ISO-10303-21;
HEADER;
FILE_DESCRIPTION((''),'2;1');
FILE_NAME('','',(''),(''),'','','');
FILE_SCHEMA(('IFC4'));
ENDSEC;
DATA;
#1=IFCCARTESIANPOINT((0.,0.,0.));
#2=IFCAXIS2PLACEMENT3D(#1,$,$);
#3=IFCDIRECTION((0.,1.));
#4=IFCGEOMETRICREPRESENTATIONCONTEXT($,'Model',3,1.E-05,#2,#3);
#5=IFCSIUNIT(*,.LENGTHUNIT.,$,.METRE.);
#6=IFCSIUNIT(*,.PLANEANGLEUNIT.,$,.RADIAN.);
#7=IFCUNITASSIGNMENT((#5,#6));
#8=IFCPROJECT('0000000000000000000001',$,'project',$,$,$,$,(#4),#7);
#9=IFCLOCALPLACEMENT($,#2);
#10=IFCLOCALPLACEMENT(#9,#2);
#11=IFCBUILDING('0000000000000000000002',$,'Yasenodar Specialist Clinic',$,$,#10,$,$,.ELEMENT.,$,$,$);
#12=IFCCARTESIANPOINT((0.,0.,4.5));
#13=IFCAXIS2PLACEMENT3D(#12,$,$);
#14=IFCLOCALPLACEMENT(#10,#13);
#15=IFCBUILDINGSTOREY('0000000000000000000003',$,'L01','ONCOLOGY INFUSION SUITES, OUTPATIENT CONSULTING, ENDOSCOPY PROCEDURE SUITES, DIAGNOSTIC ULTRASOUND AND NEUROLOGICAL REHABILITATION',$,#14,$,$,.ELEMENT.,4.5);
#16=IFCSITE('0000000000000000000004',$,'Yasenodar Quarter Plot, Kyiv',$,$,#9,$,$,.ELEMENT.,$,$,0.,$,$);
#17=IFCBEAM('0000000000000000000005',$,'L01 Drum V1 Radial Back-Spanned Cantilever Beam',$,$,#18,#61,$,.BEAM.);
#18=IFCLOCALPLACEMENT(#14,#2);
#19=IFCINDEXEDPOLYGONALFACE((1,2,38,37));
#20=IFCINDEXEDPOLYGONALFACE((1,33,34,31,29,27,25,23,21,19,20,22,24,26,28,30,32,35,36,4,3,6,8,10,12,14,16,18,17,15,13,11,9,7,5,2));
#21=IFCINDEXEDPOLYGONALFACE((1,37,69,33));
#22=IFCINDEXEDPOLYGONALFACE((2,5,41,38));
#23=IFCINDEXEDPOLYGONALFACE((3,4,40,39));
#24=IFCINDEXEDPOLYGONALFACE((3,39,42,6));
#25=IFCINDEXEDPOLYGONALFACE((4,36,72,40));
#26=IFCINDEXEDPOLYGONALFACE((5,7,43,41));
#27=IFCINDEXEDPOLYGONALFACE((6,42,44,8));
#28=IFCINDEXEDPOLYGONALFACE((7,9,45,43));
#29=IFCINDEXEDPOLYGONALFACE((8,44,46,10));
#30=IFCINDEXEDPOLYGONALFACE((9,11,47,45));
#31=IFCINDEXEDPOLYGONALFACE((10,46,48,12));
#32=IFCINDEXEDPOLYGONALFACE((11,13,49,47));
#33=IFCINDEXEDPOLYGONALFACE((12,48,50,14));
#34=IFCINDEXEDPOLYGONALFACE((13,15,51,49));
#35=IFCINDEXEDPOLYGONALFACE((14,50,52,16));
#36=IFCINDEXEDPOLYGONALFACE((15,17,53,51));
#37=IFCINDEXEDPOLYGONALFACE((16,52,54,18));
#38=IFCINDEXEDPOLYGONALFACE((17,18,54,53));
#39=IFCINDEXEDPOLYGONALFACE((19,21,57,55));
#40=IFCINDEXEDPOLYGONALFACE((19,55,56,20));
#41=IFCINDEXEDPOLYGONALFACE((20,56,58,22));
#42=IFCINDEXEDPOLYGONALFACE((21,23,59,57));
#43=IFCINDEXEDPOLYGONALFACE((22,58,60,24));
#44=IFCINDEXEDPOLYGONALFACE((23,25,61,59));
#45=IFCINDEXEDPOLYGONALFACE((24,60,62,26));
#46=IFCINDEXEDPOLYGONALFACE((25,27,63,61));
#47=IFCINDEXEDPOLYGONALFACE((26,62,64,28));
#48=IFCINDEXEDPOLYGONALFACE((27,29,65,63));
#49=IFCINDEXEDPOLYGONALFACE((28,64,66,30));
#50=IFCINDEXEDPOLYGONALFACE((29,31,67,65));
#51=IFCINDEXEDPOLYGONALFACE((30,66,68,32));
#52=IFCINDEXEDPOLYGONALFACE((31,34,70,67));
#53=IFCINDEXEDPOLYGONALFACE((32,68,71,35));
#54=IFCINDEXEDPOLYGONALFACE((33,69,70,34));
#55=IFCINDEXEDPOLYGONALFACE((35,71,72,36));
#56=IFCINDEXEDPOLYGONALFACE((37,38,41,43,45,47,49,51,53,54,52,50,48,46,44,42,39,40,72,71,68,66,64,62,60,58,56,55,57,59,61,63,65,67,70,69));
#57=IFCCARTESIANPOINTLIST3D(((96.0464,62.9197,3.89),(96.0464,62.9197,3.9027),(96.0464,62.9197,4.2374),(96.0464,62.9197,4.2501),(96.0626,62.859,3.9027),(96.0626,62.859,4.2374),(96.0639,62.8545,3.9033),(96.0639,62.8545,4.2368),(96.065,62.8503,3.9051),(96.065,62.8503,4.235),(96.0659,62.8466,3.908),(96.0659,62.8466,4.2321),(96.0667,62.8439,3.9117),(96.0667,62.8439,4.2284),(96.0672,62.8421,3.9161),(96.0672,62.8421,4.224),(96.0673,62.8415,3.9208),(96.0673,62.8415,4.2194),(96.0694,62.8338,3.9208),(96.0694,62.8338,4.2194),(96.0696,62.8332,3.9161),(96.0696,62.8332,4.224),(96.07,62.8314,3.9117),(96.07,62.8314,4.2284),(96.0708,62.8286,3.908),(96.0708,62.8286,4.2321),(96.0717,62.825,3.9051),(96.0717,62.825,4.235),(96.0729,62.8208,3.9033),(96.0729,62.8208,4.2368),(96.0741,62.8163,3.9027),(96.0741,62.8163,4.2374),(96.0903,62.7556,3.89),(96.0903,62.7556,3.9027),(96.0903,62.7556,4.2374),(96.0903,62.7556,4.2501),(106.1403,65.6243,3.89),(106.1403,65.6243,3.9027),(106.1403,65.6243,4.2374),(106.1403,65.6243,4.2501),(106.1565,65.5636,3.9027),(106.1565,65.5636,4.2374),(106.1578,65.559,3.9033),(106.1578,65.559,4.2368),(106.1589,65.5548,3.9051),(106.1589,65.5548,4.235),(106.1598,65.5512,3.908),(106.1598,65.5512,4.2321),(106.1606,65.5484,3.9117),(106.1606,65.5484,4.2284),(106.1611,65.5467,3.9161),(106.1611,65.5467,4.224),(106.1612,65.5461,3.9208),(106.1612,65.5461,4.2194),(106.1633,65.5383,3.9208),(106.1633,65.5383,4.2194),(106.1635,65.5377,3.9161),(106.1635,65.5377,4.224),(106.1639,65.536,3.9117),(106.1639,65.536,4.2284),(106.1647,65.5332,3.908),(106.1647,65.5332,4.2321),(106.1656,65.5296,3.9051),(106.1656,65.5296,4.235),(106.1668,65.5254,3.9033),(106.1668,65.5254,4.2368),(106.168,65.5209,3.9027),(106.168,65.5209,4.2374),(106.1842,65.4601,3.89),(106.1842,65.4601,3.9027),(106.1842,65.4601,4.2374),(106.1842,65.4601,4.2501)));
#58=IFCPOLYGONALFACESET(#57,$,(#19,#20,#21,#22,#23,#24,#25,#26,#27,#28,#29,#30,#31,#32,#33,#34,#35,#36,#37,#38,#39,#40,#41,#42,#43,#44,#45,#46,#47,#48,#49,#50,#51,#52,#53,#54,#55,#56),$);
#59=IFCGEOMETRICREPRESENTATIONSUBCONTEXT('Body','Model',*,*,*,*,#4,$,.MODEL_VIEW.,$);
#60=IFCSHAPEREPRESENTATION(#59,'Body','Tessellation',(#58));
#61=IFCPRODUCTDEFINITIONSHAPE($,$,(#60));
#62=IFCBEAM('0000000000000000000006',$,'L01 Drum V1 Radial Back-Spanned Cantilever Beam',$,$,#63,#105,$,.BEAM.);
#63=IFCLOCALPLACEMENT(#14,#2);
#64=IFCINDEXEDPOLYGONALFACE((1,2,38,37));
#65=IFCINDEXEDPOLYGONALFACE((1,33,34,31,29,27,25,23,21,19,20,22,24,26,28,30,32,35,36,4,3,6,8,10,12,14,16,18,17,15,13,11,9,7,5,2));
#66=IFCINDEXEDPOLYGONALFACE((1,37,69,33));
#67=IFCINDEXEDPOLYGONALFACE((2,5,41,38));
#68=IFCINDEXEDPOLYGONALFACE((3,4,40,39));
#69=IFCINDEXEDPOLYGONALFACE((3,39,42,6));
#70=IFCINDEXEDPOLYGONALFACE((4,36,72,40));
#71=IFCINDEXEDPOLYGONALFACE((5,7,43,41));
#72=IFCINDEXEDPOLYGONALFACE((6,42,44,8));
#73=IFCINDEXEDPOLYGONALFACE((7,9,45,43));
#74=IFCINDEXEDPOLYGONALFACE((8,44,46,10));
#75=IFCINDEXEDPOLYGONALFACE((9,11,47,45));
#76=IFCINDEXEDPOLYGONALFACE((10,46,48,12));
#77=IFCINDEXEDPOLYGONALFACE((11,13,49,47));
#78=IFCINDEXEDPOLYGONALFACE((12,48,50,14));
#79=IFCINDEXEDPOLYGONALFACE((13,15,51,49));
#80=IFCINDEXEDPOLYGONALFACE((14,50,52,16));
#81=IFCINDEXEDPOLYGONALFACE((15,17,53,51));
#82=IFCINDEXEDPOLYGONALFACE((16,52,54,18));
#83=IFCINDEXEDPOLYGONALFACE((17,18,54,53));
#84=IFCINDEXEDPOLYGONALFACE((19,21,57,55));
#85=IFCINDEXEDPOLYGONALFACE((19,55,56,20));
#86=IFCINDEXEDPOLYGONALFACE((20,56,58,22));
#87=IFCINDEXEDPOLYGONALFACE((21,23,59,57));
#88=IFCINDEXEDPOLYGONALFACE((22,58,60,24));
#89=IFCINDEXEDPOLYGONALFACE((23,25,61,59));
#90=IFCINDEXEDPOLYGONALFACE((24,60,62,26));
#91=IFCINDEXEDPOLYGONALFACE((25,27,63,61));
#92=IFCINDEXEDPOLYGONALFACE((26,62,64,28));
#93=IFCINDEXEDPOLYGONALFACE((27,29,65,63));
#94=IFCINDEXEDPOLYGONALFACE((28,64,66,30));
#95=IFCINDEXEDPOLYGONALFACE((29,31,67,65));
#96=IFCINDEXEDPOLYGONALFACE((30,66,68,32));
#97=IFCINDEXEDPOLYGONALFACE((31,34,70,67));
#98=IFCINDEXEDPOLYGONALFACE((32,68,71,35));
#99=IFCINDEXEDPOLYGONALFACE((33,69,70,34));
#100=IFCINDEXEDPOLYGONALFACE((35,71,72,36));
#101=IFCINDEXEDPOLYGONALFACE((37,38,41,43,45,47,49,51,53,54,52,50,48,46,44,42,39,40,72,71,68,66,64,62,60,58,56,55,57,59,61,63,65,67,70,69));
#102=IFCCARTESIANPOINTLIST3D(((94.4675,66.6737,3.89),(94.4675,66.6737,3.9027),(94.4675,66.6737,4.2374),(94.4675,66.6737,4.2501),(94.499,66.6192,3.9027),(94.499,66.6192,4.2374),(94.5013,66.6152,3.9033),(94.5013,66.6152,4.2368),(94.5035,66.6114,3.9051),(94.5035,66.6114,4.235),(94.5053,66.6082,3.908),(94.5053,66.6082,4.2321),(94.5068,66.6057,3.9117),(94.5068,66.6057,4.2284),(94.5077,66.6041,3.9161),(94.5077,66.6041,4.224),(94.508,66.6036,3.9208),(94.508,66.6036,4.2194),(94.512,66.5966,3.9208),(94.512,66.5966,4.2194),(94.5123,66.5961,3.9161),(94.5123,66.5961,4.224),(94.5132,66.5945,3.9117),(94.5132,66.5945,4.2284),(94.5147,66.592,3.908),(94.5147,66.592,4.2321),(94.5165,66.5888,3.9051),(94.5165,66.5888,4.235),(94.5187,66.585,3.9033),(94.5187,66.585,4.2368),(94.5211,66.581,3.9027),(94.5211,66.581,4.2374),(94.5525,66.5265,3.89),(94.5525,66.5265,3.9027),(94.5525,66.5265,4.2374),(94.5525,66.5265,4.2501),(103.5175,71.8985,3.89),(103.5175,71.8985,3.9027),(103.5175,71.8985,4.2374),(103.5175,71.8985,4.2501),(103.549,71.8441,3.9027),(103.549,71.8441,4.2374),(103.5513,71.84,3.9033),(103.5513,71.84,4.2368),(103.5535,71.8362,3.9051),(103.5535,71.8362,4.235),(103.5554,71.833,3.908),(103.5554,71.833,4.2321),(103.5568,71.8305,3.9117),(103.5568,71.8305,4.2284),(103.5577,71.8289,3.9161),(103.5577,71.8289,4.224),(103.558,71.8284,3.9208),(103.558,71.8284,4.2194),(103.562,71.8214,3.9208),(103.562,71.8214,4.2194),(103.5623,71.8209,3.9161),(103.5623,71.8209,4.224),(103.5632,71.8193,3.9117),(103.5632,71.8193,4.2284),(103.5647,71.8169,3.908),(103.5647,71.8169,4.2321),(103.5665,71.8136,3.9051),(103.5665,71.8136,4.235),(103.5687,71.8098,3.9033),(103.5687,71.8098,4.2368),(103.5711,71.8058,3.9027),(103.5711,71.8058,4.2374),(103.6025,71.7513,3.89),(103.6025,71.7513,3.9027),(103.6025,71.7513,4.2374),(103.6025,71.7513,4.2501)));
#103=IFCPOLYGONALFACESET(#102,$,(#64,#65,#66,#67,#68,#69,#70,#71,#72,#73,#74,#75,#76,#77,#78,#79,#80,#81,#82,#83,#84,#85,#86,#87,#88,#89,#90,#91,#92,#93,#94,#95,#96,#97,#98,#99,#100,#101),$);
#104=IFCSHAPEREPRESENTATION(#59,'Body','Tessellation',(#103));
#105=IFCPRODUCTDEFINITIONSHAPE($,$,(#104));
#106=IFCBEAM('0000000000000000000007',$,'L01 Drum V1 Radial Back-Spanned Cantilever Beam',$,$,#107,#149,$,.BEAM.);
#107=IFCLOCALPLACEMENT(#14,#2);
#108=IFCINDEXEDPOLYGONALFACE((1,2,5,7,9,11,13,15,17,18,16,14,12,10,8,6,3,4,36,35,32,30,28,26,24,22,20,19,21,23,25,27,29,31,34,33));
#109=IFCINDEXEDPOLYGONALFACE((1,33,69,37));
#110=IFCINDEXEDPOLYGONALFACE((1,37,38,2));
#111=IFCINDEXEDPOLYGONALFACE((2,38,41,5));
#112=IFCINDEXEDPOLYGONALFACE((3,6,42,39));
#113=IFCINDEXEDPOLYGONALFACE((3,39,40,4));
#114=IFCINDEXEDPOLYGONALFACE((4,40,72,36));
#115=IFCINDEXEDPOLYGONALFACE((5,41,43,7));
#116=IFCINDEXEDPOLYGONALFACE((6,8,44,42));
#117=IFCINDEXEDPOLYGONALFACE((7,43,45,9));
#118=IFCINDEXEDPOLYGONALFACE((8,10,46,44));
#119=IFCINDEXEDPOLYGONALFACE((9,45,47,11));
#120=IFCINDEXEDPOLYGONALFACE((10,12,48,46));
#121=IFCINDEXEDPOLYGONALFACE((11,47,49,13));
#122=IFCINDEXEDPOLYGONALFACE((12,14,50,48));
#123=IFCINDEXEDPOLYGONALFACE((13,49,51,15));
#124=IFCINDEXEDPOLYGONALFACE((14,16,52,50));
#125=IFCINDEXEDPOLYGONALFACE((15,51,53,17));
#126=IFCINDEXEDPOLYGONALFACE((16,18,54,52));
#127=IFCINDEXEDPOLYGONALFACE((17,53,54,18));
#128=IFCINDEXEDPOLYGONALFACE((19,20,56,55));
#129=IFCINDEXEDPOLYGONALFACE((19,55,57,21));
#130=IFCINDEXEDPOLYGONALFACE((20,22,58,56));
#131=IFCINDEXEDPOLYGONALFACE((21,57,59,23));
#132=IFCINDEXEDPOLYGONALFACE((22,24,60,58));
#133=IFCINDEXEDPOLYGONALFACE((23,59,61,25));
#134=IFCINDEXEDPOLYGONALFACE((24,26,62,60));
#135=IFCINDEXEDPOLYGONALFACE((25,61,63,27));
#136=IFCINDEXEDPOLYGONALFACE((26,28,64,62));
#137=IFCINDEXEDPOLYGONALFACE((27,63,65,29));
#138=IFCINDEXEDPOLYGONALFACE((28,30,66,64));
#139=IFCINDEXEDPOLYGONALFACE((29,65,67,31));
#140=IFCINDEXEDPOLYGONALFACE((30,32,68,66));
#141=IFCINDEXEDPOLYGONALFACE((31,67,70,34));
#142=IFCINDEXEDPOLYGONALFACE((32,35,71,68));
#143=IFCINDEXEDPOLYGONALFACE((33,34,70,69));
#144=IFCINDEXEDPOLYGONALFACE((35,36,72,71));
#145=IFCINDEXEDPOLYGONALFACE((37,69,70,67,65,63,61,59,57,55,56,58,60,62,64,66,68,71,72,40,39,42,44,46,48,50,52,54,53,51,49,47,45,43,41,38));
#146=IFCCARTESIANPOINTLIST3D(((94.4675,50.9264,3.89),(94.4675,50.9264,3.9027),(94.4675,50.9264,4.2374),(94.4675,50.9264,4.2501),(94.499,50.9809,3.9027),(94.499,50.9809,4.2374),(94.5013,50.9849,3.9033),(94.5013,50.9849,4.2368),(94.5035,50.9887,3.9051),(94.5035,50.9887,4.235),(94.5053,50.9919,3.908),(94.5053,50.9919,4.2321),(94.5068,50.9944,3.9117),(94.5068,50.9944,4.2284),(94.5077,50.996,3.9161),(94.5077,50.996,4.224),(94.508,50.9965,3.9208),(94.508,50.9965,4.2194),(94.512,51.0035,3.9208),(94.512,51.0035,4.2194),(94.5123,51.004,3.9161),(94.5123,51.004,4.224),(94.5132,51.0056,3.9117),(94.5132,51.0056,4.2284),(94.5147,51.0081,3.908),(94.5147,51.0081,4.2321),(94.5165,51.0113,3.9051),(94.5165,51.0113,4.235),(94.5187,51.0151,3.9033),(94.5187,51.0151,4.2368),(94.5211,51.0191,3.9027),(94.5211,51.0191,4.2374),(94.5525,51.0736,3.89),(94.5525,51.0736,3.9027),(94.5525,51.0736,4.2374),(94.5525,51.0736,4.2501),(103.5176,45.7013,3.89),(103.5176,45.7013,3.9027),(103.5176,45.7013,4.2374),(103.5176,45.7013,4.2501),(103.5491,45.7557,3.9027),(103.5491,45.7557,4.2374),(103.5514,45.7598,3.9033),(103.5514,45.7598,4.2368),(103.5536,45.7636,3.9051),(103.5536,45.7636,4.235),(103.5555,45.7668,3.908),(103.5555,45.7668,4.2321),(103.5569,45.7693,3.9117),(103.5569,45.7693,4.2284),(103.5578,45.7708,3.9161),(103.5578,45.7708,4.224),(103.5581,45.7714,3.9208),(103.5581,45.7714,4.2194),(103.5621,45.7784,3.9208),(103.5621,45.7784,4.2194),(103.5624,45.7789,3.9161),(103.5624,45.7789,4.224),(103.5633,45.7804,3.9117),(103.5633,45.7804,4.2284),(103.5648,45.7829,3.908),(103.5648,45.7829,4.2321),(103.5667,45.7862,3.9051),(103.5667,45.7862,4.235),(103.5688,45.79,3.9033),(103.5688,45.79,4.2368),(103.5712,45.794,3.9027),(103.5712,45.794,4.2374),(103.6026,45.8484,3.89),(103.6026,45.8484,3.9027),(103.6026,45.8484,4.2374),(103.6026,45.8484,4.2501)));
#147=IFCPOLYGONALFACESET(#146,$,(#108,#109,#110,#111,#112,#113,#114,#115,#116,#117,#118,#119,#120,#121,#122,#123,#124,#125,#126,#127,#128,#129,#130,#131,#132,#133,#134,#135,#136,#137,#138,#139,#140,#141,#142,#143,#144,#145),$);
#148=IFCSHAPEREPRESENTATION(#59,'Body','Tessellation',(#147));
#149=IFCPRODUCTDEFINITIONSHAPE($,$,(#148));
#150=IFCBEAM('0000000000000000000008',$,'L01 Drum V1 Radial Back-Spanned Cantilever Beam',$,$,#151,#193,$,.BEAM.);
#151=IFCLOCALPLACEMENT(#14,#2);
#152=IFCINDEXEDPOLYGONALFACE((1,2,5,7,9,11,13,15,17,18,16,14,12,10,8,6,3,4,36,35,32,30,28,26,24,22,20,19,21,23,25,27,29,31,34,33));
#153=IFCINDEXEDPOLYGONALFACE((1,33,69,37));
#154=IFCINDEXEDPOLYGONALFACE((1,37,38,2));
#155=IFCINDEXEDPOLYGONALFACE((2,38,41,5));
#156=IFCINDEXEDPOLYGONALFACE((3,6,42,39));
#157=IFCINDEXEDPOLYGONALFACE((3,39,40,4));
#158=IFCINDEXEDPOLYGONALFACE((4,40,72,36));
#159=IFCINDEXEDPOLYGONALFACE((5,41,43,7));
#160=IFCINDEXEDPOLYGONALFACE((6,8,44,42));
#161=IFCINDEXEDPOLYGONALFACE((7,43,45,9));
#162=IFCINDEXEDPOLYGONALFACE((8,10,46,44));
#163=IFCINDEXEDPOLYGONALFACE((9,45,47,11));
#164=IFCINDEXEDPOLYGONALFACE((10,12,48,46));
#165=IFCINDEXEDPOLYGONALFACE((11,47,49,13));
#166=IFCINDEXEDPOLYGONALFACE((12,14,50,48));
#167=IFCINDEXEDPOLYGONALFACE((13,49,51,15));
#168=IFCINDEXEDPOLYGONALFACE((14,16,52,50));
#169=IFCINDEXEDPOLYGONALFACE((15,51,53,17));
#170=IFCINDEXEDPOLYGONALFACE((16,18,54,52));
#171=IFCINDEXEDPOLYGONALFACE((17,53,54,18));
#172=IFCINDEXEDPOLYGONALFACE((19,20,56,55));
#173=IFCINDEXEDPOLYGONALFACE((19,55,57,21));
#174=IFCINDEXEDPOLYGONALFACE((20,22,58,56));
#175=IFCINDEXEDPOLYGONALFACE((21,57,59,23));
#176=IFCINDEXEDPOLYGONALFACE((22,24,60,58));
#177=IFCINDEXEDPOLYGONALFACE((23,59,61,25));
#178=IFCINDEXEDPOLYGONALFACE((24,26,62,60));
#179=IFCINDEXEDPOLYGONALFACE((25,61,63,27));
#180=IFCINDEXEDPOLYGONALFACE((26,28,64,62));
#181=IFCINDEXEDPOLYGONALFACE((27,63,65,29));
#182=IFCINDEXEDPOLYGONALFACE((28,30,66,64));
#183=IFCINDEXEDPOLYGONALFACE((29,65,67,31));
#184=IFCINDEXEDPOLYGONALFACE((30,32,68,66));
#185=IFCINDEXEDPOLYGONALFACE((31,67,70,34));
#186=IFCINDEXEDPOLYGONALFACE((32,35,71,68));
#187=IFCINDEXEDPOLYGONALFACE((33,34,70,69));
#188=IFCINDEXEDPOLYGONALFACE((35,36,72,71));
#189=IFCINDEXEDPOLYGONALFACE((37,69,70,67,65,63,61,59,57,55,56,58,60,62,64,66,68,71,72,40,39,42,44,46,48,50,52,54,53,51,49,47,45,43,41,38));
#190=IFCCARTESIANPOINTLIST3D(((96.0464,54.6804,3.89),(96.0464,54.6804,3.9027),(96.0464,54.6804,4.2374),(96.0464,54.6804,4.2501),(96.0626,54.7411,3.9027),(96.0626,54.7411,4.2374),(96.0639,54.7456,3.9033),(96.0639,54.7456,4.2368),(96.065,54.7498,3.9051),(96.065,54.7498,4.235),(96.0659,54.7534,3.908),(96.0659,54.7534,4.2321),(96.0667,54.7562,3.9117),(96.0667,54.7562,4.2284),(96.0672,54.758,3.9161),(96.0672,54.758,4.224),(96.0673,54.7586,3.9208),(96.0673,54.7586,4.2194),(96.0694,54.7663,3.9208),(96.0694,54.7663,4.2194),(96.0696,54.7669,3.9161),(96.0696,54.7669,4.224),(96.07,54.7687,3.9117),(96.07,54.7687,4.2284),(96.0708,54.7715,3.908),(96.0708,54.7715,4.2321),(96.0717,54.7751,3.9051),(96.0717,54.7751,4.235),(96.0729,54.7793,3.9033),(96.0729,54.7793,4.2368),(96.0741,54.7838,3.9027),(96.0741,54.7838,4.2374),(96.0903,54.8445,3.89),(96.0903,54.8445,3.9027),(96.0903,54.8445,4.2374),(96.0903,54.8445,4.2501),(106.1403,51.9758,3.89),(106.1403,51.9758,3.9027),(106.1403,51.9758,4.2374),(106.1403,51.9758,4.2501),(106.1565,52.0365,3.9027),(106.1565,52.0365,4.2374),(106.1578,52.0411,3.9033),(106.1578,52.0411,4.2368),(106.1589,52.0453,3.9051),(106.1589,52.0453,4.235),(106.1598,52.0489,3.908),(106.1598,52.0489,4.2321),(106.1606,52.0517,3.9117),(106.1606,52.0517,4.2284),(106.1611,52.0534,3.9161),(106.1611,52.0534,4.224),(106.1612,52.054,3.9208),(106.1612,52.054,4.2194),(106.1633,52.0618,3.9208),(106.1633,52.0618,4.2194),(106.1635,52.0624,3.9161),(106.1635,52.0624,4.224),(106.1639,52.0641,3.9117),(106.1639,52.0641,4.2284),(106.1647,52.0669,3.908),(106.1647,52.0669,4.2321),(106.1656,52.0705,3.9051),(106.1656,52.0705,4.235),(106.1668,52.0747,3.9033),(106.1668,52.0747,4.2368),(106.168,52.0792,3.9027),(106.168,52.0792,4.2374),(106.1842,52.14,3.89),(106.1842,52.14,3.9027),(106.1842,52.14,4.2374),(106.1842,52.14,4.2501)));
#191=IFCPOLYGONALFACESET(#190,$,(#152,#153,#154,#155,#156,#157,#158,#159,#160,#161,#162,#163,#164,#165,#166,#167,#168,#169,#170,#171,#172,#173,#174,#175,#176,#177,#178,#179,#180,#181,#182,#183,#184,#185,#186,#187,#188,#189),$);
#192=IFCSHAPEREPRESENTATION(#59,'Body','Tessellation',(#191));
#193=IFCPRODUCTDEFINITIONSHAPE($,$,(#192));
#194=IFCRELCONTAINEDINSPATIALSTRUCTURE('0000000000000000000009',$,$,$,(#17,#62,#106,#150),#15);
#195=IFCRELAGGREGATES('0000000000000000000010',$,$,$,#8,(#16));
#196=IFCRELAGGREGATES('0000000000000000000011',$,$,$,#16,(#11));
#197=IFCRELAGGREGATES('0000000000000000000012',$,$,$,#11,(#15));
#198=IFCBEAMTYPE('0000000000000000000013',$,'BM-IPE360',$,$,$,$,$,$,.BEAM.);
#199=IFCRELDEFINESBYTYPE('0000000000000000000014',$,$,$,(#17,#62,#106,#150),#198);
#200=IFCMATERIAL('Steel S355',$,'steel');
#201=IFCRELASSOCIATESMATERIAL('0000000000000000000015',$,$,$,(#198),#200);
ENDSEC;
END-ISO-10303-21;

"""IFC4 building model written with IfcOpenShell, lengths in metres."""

from ifc_helpers import new_model, si_unit, direction, frame, origin, origin_2d, place, context, subcontext, project, spatial, i_section, extrude, material, material_profile, profile_set, type_object, element, save


model = new_model("IFC4")

# Units and contexts
model_context = context("Model", 3, precision=1e-05, world=origin(), true_north=direction((0.0, 1.0)))
body_context = subcontext(model_context, "Body", "Model", "MODEL_VIEW")
ifc_project = project(units=[si_unit("LENGTHUNIT", "METRE"), si_unit("PLANEANGLEUNIT", "RADIAN")], contexts=[model_context])

# Site, building, storey
site_placement = place(None, origin())
site = spatial("IfcSite", under=ifc_project, at=site_placement, Name="Yasenodar Quarter Plot, Kyiv", CompositionType="ELEMENT", RefElevation=0.0)
building_placement = place(site_placement, origin())
building = spatial("IfcBuilding", under=site, at=building_placement, Name="Yasenodar Specialist Clinic", CompositionType="ELEMENT")
storey_placement = place(building_placement, frame((0.0, 0.0, 4.5)))
storey = spatial("IfcBuildingStorey", under=building, at=storey_placement, Name="L01", Description="ONCOLOGY INFUSION SUITES, OUTPATIENT CONSULTING, ENDOSCOPY PROCEDURE SUITES, DIAGNOSTIC ULTRASOUND AND NEUROLOGICAL REHABILITATION", CompositionType="ELEMENT", Elevation=4.5)

# Shared definitions
ifc_material_1 = material(Name="Steel S355", Category="steel")

# Beams
ifc_material_profile_1 = material_profile(ifc_material_1, i_section(OverallWidth=0.1699, OverallDepth=0.3601, WebThickness=0.0081, FlangeThickness=0.0127, FilletRadius=0.0181, at=origin_2d()), Name="IPE 360")
ifc_profile_set_1 = profile_set([ifc_material_profile_1], Name="Steel S355")
beam_type_1 = type_object("IfcBeamType", Name="BM-IPE360", PredefinedType="BEAM", material=ifc_profile_set_1)
for number, where, z_axis, x_axis, name in (
    (1, (96.0684, 62.8376, 4.0701), (0.965928, 0.258811, 0.0), (-0.258811, 0.965928, 0.0), "L01 Drum V1 Radial Back-Spanned Cantilever Beam"),
    (2, (94.51, 66.6001, 4.0701), (0.866033, 0.499986, 0.0), (-0.499986, 0.866033, 0.0), "L01 Drum V1 Radial Back-Spanned Cantilever Beam"),
):
    element("IfcBeam", number, at=place(storey_placement, frame(where, z_axis=z_axis, x_axis=x_axis)), inside=storey, type_object=beam_type_1, Name=name, PredefinedType="BEAM", context=body_context, shape_type="SweptSolid", body=[
        extrude(i_section(OverallWidth=0.1699, OverallDepth=0.3601, WebThickness=0.0081, FlangeThickness=0.0127, FilletRadius=0.0181, at=origin_2d()), origin(), (0.0, 0.0, 1.0), 10.45),
    ])
beam_1_placement = place(storey_placement, frame((94.51, 51.0, 4.0701), z_axis=(0.866023, -0.500004, 0.0), x_axis=(0.500004, 0.866023, 0.0)))
element("IfcBeam", 3, at=beam_1_placement, inside=storey, type_object=beam_type_1, Name="L01 Drum V1 Radial Back-Spanned Cantilever Beam", PredefinedType="BEAM", context=body_context, shape_type="SweptSolid", body=[
    extrude(i_section(OverallWidth=0.1699, OverallDepth=0.3601, WebThickness=0.0081, FlangeThickness=0.0127, FilletRadius=0.0181, at=origin_2d()), origin(), (0.0, 0.0, 1.0), 10.4502),
])
beam_2_placement = place(storey_placement, frame((96.0684, 54.7625, 4.0701), z_axis=(0.965928, -0.258811, 0.0), x_axis=(0.258811, 0.965928, 0.0)))
element("IfcBeam", 4, at=beam_2_placement, inside=storey, type_object=beam_type_1, Name="L01 Drum V1 Radial Back-Spanned Cantilever Beam", PredefinedType="BEAM", context=body_context, shape_type="SweptSolid", body=[
    extrude(i_section(OverallWidth=0.1699, OverallDepth=0.3601, WebThickness=0.0081, FlangeThickness=0.0127, FilletRadius=0.0181, at=origin_2d()), origin(), (0.0, 0.0, 1.0), 10.45),
])

save(model, "model.ifc")
